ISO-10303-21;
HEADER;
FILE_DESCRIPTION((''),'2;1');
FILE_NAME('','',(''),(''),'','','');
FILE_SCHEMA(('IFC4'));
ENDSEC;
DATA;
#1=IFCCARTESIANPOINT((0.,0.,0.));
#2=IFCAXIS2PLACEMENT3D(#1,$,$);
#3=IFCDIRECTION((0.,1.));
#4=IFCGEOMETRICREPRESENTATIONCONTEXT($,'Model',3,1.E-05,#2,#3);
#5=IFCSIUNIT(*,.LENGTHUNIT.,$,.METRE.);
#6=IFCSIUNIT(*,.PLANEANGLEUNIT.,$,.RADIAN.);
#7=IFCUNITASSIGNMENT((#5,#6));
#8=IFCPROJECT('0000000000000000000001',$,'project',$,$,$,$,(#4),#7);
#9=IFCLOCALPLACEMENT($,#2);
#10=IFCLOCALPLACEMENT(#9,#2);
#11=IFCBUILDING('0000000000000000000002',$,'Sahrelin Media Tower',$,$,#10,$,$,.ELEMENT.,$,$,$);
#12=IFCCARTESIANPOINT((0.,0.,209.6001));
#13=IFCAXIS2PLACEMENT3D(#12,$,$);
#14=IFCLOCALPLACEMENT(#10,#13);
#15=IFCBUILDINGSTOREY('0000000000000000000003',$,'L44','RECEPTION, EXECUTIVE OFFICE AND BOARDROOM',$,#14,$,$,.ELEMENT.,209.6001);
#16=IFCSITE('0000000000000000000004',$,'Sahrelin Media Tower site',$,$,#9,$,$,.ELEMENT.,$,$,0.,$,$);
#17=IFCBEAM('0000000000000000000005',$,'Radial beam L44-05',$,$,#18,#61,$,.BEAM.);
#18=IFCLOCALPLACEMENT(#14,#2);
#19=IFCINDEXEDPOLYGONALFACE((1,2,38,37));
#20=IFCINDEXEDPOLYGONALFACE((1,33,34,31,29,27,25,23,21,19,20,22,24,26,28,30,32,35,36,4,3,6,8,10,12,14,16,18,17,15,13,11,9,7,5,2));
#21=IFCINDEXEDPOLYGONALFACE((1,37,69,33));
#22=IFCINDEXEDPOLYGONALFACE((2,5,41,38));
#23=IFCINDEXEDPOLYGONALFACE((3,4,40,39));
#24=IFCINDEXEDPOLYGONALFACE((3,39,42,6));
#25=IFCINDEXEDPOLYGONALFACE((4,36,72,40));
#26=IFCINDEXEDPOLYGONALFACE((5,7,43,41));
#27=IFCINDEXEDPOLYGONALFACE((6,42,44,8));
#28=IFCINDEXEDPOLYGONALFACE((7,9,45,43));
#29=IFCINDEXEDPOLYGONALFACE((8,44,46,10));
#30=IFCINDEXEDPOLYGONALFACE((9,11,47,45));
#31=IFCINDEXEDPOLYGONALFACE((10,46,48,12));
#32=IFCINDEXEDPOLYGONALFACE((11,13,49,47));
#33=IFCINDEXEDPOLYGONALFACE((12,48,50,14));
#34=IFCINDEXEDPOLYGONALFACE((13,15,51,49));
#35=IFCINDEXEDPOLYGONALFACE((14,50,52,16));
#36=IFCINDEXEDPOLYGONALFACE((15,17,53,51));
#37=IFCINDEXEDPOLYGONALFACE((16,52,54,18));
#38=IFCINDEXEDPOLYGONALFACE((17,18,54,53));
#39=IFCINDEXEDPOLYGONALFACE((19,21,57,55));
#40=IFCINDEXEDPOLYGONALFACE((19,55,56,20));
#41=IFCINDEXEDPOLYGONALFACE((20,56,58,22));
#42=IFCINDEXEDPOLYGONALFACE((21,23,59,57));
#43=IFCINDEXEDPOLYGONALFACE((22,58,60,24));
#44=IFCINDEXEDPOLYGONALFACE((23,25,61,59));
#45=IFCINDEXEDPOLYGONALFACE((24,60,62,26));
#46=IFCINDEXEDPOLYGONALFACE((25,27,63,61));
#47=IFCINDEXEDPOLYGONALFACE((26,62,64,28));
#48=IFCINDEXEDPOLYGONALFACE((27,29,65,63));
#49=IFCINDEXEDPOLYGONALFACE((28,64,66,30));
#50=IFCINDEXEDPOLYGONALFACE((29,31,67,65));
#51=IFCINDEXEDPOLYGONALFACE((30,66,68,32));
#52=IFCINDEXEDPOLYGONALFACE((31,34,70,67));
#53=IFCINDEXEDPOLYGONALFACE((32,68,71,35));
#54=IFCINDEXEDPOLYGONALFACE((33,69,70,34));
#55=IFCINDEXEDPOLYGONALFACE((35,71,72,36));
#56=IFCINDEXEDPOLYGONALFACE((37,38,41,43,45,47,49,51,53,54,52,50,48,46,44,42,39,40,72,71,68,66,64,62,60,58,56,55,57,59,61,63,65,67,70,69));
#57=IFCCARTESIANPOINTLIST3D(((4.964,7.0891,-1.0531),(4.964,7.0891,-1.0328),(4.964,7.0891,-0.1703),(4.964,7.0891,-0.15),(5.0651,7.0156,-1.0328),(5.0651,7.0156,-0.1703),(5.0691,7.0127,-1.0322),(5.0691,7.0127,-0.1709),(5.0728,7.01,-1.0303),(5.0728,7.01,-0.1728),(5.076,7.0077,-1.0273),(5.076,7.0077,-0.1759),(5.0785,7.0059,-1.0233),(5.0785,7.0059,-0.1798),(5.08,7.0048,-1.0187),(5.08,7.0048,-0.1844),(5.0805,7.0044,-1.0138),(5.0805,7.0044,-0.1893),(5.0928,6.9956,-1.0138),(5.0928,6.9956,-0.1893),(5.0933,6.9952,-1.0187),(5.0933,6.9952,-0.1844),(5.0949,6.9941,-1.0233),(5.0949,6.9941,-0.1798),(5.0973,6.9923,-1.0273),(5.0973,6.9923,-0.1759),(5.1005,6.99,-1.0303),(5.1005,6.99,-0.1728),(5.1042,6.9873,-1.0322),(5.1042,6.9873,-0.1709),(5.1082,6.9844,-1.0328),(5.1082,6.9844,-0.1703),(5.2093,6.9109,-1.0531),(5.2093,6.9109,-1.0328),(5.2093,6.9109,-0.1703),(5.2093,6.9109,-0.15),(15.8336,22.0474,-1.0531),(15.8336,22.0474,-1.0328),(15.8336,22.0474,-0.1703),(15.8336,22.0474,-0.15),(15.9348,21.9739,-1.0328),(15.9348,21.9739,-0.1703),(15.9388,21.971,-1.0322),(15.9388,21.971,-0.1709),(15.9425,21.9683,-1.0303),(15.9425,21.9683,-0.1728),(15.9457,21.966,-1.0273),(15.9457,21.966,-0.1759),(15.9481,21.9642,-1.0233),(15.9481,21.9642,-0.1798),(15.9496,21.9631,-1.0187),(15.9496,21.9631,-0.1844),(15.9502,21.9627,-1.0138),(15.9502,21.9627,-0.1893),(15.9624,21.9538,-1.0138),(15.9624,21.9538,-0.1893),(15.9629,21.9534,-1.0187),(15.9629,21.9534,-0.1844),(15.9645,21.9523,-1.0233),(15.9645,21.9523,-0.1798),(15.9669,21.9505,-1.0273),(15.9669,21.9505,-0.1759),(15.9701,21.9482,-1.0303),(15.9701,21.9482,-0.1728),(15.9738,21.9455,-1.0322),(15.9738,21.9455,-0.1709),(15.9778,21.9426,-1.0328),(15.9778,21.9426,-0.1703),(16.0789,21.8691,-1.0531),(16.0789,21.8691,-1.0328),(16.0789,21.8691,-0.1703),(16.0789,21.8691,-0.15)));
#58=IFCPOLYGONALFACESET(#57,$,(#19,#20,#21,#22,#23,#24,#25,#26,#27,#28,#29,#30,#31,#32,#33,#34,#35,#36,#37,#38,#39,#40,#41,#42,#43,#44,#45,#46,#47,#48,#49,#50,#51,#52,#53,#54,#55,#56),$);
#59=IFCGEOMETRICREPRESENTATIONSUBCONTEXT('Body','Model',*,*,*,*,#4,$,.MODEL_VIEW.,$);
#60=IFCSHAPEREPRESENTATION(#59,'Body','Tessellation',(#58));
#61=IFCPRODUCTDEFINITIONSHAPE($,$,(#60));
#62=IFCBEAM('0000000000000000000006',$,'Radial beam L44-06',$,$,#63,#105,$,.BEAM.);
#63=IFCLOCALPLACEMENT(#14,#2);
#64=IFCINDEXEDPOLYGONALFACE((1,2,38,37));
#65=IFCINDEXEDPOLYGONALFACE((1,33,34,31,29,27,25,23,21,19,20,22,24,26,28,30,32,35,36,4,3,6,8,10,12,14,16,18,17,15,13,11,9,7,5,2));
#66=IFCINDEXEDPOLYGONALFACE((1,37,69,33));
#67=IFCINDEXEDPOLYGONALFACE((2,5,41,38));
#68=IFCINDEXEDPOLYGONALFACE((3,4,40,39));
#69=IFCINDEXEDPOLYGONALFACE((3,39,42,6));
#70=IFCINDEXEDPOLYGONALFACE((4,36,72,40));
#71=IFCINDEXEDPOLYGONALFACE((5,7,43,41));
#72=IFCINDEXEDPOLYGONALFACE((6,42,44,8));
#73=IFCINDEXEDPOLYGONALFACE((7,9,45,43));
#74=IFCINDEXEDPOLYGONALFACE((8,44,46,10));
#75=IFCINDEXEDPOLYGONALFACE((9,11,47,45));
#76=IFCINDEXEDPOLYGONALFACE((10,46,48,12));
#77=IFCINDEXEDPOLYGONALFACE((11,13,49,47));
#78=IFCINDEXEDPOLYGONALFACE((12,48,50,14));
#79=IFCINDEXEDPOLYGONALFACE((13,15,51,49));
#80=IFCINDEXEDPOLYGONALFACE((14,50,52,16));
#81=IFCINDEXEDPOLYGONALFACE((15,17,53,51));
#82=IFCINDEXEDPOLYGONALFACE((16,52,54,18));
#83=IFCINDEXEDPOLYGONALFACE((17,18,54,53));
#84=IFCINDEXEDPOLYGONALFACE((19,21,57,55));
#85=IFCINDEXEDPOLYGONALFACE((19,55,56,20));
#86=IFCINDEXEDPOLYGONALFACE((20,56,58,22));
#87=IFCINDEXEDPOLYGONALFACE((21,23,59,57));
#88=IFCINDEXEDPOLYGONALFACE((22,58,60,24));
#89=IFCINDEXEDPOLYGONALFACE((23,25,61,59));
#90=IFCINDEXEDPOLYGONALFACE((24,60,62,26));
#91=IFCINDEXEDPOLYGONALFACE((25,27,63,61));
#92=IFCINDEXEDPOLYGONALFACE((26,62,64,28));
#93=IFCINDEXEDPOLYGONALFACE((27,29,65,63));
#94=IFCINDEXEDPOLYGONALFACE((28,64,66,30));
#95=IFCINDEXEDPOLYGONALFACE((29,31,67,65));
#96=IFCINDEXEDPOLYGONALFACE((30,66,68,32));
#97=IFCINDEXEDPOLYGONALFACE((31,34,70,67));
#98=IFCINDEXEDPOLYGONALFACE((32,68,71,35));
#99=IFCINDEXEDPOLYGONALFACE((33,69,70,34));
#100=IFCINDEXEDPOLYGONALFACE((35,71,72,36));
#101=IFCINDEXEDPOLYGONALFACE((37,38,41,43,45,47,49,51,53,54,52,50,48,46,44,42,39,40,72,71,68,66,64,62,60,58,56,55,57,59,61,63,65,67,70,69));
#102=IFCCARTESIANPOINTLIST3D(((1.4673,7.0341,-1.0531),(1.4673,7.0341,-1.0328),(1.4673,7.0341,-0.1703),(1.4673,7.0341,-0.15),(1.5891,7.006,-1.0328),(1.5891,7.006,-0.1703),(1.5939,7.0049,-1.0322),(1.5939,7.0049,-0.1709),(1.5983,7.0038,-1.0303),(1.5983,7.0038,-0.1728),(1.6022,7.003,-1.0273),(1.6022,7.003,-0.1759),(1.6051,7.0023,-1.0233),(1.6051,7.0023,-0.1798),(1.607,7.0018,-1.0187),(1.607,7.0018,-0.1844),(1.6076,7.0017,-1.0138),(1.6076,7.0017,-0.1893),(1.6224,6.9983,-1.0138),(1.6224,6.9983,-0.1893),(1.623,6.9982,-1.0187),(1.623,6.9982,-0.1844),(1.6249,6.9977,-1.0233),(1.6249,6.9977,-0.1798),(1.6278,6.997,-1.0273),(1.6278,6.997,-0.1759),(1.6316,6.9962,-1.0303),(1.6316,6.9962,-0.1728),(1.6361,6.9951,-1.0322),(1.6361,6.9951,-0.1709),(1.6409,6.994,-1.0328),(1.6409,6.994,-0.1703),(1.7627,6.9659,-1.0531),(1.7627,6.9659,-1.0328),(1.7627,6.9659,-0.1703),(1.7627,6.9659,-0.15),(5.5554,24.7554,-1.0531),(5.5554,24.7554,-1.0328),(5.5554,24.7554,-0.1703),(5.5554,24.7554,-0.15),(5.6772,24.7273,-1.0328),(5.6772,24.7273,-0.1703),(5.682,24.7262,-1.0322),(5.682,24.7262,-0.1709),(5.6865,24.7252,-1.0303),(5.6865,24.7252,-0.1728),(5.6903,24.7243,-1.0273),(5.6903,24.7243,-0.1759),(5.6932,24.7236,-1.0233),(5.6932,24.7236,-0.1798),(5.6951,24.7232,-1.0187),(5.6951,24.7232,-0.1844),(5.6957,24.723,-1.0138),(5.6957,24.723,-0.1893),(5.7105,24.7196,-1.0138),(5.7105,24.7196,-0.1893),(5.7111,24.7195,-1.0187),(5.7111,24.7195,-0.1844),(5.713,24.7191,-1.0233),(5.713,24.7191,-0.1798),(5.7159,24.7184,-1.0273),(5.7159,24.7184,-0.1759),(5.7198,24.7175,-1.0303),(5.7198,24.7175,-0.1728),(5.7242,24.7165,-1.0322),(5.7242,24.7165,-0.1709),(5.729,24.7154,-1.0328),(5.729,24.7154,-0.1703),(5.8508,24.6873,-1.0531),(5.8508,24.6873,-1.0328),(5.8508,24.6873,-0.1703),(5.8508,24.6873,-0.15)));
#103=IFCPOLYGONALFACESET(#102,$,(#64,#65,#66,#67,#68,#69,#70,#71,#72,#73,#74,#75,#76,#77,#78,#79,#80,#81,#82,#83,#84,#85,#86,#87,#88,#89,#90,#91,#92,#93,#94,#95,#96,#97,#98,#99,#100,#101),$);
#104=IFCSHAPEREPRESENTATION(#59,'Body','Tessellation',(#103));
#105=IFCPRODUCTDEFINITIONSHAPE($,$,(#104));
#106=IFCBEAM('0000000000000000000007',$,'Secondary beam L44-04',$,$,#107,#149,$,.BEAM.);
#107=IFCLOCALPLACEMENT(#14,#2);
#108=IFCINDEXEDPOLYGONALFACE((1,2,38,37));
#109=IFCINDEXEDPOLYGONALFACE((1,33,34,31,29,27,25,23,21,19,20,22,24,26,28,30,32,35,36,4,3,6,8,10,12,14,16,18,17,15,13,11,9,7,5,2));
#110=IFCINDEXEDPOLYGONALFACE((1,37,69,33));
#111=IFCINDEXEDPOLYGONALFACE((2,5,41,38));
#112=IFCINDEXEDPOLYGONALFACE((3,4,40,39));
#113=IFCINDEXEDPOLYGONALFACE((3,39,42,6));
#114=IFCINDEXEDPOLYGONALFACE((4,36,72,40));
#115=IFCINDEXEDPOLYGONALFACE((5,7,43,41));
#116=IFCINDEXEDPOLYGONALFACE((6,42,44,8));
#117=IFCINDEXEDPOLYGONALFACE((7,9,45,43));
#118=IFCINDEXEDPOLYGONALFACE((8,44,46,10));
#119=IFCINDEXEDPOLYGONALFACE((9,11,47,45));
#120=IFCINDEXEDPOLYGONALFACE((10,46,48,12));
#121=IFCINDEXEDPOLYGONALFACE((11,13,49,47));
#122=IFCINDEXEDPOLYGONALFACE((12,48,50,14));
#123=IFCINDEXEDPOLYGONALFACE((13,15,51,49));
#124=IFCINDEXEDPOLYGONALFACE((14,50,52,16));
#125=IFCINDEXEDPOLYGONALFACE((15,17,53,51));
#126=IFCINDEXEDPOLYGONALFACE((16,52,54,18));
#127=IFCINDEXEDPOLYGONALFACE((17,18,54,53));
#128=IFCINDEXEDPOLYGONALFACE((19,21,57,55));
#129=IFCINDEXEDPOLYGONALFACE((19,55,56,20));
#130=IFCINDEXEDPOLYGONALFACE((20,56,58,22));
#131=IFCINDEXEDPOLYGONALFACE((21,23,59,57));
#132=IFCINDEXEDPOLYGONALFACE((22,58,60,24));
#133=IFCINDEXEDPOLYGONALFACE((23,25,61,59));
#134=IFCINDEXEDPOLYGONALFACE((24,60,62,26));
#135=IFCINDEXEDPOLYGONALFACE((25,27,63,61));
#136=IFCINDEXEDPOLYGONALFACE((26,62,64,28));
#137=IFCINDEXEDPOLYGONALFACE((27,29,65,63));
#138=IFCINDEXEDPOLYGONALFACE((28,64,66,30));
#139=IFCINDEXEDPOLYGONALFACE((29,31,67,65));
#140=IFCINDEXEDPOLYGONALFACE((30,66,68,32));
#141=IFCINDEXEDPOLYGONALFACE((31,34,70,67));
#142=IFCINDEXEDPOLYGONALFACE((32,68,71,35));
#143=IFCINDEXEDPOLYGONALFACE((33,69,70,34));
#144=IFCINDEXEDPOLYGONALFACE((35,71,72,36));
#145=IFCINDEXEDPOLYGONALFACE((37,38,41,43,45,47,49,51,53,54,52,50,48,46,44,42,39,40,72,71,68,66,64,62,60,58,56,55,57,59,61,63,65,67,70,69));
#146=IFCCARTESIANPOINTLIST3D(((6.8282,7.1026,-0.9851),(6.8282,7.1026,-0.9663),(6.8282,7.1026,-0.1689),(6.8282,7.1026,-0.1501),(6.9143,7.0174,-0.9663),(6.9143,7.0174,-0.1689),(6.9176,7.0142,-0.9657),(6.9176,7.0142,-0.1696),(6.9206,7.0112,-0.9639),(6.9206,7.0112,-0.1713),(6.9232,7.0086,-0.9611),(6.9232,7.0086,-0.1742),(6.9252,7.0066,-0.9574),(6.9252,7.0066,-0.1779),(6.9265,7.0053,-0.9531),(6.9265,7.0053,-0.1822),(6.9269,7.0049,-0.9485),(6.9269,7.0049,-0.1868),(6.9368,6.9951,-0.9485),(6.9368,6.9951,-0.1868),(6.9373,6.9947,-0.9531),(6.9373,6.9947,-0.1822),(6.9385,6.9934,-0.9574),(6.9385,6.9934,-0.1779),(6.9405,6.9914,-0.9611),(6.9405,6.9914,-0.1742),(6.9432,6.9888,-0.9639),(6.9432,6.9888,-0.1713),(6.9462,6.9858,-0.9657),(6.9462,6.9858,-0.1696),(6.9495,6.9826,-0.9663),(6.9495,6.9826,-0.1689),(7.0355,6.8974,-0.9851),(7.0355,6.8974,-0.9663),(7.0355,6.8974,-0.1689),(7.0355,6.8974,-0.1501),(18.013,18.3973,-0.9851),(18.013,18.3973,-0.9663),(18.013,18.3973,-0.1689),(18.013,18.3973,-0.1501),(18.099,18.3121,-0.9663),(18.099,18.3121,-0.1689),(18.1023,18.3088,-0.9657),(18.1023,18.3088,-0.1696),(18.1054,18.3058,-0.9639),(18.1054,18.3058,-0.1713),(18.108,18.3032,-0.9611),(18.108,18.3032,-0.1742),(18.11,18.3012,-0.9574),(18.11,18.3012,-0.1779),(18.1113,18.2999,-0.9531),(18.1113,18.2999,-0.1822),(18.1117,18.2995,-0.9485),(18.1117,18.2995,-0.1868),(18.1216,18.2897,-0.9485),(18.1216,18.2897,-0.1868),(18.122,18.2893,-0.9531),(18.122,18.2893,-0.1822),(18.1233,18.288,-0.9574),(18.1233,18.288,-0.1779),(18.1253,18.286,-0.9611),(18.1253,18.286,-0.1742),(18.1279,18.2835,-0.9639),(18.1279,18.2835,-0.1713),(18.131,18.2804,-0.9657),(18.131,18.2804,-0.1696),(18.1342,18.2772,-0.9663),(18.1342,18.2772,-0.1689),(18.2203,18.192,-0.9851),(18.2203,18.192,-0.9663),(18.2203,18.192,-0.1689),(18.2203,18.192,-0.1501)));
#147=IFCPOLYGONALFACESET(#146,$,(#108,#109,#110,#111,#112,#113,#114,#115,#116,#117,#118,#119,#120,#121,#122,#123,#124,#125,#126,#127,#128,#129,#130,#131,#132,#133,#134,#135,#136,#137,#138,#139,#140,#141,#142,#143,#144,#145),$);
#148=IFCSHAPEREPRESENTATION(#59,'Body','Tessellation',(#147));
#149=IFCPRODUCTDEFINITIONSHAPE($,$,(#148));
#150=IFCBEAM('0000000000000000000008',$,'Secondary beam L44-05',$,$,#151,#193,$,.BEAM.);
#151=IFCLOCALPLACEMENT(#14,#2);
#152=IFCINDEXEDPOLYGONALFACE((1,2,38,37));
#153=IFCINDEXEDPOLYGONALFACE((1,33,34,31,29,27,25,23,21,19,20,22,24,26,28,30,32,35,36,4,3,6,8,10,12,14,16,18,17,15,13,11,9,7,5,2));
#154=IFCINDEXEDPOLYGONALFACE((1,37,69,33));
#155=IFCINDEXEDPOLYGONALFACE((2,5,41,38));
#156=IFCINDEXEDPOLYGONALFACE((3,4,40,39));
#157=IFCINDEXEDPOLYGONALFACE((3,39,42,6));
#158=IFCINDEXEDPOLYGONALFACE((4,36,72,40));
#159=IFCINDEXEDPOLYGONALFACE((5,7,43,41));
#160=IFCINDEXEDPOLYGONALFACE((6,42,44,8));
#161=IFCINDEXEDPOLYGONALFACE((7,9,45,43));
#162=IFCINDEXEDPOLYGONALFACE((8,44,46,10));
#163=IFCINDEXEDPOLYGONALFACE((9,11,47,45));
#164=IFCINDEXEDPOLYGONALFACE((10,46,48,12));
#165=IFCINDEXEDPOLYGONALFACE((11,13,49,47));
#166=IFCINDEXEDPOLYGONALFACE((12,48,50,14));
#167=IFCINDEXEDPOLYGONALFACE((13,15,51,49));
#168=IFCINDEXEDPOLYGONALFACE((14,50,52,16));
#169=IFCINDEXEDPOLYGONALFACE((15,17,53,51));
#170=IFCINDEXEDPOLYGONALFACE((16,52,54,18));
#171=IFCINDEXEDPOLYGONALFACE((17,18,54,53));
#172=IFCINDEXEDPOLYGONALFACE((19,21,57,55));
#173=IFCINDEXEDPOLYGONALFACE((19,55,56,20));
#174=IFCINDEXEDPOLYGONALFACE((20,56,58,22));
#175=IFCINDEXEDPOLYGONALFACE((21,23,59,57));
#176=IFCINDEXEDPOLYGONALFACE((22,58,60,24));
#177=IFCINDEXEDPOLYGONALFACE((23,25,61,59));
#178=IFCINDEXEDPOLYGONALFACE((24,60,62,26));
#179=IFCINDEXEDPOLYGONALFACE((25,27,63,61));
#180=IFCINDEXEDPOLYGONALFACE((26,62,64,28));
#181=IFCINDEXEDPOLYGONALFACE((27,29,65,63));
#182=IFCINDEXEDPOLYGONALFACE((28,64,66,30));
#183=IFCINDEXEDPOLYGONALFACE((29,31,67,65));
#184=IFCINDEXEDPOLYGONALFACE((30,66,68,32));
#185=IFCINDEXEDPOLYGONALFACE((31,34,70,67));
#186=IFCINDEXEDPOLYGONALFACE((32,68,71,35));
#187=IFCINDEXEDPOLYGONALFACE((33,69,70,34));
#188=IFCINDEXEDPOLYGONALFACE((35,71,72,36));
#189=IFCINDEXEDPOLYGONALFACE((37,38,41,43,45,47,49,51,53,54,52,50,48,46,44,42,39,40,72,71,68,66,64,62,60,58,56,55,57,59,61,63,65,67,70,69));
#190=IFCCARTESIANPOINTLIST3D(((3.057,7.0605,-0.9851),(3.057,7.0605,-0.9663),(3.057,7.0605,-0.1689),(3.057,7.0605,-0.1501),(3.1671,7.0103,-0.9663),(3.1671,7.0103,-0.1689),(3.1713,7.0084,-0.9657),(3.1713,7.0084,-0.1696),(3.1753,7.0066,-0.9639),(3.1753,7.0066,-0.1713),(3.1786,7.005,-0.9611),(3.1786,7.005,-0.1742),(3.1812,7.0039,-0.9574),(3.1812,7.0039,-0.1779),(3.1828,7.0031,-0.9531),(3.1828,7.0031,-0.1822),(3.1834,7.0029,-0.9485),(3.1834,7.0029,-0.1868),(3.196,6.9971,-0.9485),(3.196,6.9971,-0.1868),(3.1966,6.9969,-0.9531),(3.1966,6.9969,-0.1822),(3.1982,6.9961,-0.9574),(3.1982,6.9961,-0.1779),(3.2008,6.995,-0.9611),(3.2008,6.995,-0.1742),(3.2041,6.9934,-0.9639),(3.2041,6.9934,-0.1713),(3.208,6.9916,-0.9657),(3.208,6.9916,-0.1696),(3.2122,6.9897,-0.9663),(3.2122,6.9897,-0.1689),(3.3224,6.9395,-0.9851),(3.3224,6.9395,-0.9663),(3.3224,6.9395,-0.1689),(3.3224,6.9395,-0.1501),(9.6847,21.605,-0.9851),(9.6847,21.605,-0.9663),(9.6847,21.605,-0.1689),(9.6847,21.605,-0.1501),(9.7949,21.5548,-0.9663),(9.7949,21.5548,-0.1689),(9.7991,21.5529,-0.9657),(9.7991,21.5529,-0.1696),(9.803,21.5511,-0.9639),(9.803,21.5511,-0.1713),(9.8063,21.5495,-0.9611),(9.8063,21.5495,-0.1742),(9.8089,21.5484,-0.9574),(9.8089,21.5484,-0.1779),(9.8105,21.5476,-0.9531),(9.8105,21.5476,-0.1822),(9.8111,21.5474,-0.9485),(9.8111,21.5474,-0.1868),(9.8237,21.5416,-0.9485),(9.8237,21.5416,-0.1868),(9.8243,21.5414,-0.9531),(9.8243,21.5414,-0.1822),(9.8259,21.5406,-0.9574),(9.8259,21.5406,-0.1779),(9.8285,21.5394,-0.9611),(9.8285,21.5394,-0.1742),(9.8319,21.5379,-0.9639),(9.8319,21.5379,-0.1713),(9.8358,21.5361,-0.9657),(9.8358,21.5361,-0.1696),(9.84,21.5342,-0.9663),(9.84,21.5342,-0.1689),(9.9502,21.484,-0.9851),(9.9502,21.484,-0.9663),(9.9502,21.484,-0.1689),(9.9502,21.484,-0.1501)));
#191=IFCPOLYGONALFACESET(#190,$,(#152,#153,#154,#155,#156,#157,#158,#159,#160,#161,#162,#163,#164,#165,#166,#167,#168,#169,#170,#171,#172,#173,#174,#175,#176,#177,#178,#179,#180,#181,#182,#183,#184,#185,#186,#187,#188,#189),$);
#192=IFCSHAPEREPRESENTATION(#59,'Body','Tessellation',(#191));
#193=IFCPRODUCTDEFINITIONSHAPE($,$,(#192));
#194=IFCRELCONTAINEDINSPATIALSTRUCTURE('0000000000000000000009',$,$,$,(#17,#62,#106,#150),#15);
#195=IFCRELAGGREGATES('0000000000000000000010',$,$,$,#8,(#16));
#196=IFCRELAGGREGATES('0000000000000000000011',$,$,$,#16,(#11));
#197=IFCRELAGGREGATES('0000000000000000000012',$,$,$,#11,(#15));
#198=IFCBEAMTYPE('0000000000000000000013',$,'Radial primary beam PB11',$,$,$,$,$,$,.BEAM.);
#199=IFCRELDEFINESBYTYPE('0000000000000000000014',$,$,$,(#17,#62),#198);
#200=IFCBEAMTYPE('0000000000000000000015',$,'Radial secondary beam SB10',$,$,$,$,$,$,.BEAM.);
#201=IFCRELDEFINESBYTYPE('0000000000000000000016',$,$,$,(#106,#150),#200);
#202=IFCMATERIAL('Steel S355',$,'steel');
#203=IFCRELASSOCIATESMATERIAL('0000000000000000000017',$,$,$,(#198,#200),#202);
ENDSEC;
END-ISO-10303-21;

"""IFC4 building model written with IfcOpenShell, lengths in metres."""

from ifc_helpers import new_model, si_unit, direction, frame, origin, origin_2d, place, context, subcontext, project, spatial, i_section, extrude, material, material_profile, profile_set, type_object, element, save


model = new_model("IFC4")

# Units and contexts
model_context = context("Model", 3, precision=1e-05, world=origin(), true_north=direction((0.0, 1.0)))
body_context = subcontext(model_context, "Body", "Model", "MODEL_VIEW")
ifc_project = project(units=[si_unit("LENGTHUNIT", "METRE"), si_unit("PLANEANGLEUNIT", "RADIAN")], contexts=[model_context])

# Site, building, storey
site_placement = place(None, origin())
site = spatial("IfcSite", under=ifc_project, at=site_placement, Name="Sahrelin Media Tower site", CompositionType="ELEMENT", RefElevation=0.0)
building_placement = place(site_placement, origin())
building = spatial("IfcBuilding", under=site, at=building_placement, Name="Sahrelin Media Tower", CompositionType="ELEMENT")
storey_placement = place(building_placement, frame((0.0, 0.0, 209.6001)))
storey = spatial("IfcBuildingStorey", under=building, at=storey_placement, Name="L44", Description="RECEPTION, EXECUTIVE OFFICE AND BOARDROOM", CompositionType="ELEMENT", Elevation=209.6001)

# Shared definitions
ifc_material_1 = material(Name="Steel S355", Category="steel")

# Beams
ifc_material_profile_1 = material_profile(ifc_material_1, i_section(OverallWidth=0.3032, OverallDepth=0.9031, WebThickness=0.0151, FlangeThickness=0.0203, FilletRadius=0.019, at=origin_2d()), Name="UB 914x305x201")
ifc_profile_set_1 = profile_set([ifc_material_profile_1], Name="Steel S355")
beam_type_1 = type_object("IfcBeamType", Name="Radial primary beam PB11", PredefinedType="BEAM", material=ifc_profile_set_1)
beam_1_placement = place(storey_placement, frame((5.0867, 7.0, -0.6016), z_axis=(0.58785, 0.80897, 0.0), x_axis=(-0.80897, 0.58785, 0.0)))
element("IfcBeam", 1, at=beam_1_placement, inside=storey, type_object=beam_type_1, Name="Radial beam L44-05", PredefinedType="BEAM", context=body_context, shape_type="SweptSolid", body=[
    extrude(i_section(OverallWidth=0.3032, OverallDepth=0.9031, WebThickness=0.0151, FlangeThickness=0.0203, FilletRadius=0.019, at=origin_2d()), origin(), (0.0, 0.0, 1.0), 18.4905),
])
beam_2_placement = place(storey_placement, frame((1.615, 7.0, -0.6016), z_axis=(0.224785, 0.974408, 0.0), x_axis=(-0.974408, 0.224785, 0.0)))
element("IfcBeam", 2, at=beam_2_placement, inside=storey, type_object=beam_type_1, Name="Radial beam L44-06", PredefinedType="BEAM", context=body_context, shape_type="SweptSolid", body=[
    extrude(i_section(OverallWidth=0.3032, OverallDepth=0.9031, WebThickness=0.0151, FlangeThickness=0.0203, FilletRadius=0.019, at=origin_2d()), origin(), (0.0, 0.0, 1.0), 18.1868),
])
ifc_material_profile_2 = material_profile(ifc_material_1, i_section(OverallWidth=0.2917, OverallDepth=0.835, WebThickness=0.0139, FlangeThickness=0.0188, FilletRadius=0.0178, at=origin_2d()), Name="UB 838x292x176")
ifc_profile_set_2 = profile_set([ifc_material_profile_2], Name="Steel S355")
beam_type_2 = type_object("IfcBeamType", Name="Radial secondary beam SB10", PredefinedType="BEAM", material=ifc_profile_set_2)
beam_3_placement = place(storey_placement, frame((6.9319, 7.0, -0.5676), z_axis=(0.703643, 0.710554, 0.0), x_axis=(-0.710554, 0.703643, 0.0)))
element("IfcBeam", 3, at=beam_3_placement, inside=storey, type_object=beam_type_2, Name="Secondary beam L44-04", PredefinedType="BEAM", context=body_context, shape_type="SweptSolid", body=[
    extrude(i_section(OverallWidth=0.2917, OverallDepth=0.835, WebThickness=0.0139, FlangeThickness=0.0188, FilletRadius=0.0178, at=origin_2d()), origin(), (0.0, 0.0, 1.0), 15.8955),
])
beam_4_placement = place(storey_placement, frame((3.1897, 7.0, -0.5676), z_axis=(0.414662, 0.909975, 0.0), x_axis=(-0.909975, 0.414662, 0.0)))
element("IfcBeam", 4, at=beam_4_placement, inside=storey, type_object=beam_type_2, Name="Secondary beam L44-05", PredefinedType="BEAM", context=body_context, shape_type="SweptSolid", body=[
    extrude(i_section(OverallWidth=0.2917, OverallDepth=0.835, WebThickness=0.0139, FlangeThickness=0.0188, FilletRadius=0.0178, at=origin_2d()), origin(), (0.0, 0.0, 1.0), 15.9834),
])

save(model, "model.ifc")
